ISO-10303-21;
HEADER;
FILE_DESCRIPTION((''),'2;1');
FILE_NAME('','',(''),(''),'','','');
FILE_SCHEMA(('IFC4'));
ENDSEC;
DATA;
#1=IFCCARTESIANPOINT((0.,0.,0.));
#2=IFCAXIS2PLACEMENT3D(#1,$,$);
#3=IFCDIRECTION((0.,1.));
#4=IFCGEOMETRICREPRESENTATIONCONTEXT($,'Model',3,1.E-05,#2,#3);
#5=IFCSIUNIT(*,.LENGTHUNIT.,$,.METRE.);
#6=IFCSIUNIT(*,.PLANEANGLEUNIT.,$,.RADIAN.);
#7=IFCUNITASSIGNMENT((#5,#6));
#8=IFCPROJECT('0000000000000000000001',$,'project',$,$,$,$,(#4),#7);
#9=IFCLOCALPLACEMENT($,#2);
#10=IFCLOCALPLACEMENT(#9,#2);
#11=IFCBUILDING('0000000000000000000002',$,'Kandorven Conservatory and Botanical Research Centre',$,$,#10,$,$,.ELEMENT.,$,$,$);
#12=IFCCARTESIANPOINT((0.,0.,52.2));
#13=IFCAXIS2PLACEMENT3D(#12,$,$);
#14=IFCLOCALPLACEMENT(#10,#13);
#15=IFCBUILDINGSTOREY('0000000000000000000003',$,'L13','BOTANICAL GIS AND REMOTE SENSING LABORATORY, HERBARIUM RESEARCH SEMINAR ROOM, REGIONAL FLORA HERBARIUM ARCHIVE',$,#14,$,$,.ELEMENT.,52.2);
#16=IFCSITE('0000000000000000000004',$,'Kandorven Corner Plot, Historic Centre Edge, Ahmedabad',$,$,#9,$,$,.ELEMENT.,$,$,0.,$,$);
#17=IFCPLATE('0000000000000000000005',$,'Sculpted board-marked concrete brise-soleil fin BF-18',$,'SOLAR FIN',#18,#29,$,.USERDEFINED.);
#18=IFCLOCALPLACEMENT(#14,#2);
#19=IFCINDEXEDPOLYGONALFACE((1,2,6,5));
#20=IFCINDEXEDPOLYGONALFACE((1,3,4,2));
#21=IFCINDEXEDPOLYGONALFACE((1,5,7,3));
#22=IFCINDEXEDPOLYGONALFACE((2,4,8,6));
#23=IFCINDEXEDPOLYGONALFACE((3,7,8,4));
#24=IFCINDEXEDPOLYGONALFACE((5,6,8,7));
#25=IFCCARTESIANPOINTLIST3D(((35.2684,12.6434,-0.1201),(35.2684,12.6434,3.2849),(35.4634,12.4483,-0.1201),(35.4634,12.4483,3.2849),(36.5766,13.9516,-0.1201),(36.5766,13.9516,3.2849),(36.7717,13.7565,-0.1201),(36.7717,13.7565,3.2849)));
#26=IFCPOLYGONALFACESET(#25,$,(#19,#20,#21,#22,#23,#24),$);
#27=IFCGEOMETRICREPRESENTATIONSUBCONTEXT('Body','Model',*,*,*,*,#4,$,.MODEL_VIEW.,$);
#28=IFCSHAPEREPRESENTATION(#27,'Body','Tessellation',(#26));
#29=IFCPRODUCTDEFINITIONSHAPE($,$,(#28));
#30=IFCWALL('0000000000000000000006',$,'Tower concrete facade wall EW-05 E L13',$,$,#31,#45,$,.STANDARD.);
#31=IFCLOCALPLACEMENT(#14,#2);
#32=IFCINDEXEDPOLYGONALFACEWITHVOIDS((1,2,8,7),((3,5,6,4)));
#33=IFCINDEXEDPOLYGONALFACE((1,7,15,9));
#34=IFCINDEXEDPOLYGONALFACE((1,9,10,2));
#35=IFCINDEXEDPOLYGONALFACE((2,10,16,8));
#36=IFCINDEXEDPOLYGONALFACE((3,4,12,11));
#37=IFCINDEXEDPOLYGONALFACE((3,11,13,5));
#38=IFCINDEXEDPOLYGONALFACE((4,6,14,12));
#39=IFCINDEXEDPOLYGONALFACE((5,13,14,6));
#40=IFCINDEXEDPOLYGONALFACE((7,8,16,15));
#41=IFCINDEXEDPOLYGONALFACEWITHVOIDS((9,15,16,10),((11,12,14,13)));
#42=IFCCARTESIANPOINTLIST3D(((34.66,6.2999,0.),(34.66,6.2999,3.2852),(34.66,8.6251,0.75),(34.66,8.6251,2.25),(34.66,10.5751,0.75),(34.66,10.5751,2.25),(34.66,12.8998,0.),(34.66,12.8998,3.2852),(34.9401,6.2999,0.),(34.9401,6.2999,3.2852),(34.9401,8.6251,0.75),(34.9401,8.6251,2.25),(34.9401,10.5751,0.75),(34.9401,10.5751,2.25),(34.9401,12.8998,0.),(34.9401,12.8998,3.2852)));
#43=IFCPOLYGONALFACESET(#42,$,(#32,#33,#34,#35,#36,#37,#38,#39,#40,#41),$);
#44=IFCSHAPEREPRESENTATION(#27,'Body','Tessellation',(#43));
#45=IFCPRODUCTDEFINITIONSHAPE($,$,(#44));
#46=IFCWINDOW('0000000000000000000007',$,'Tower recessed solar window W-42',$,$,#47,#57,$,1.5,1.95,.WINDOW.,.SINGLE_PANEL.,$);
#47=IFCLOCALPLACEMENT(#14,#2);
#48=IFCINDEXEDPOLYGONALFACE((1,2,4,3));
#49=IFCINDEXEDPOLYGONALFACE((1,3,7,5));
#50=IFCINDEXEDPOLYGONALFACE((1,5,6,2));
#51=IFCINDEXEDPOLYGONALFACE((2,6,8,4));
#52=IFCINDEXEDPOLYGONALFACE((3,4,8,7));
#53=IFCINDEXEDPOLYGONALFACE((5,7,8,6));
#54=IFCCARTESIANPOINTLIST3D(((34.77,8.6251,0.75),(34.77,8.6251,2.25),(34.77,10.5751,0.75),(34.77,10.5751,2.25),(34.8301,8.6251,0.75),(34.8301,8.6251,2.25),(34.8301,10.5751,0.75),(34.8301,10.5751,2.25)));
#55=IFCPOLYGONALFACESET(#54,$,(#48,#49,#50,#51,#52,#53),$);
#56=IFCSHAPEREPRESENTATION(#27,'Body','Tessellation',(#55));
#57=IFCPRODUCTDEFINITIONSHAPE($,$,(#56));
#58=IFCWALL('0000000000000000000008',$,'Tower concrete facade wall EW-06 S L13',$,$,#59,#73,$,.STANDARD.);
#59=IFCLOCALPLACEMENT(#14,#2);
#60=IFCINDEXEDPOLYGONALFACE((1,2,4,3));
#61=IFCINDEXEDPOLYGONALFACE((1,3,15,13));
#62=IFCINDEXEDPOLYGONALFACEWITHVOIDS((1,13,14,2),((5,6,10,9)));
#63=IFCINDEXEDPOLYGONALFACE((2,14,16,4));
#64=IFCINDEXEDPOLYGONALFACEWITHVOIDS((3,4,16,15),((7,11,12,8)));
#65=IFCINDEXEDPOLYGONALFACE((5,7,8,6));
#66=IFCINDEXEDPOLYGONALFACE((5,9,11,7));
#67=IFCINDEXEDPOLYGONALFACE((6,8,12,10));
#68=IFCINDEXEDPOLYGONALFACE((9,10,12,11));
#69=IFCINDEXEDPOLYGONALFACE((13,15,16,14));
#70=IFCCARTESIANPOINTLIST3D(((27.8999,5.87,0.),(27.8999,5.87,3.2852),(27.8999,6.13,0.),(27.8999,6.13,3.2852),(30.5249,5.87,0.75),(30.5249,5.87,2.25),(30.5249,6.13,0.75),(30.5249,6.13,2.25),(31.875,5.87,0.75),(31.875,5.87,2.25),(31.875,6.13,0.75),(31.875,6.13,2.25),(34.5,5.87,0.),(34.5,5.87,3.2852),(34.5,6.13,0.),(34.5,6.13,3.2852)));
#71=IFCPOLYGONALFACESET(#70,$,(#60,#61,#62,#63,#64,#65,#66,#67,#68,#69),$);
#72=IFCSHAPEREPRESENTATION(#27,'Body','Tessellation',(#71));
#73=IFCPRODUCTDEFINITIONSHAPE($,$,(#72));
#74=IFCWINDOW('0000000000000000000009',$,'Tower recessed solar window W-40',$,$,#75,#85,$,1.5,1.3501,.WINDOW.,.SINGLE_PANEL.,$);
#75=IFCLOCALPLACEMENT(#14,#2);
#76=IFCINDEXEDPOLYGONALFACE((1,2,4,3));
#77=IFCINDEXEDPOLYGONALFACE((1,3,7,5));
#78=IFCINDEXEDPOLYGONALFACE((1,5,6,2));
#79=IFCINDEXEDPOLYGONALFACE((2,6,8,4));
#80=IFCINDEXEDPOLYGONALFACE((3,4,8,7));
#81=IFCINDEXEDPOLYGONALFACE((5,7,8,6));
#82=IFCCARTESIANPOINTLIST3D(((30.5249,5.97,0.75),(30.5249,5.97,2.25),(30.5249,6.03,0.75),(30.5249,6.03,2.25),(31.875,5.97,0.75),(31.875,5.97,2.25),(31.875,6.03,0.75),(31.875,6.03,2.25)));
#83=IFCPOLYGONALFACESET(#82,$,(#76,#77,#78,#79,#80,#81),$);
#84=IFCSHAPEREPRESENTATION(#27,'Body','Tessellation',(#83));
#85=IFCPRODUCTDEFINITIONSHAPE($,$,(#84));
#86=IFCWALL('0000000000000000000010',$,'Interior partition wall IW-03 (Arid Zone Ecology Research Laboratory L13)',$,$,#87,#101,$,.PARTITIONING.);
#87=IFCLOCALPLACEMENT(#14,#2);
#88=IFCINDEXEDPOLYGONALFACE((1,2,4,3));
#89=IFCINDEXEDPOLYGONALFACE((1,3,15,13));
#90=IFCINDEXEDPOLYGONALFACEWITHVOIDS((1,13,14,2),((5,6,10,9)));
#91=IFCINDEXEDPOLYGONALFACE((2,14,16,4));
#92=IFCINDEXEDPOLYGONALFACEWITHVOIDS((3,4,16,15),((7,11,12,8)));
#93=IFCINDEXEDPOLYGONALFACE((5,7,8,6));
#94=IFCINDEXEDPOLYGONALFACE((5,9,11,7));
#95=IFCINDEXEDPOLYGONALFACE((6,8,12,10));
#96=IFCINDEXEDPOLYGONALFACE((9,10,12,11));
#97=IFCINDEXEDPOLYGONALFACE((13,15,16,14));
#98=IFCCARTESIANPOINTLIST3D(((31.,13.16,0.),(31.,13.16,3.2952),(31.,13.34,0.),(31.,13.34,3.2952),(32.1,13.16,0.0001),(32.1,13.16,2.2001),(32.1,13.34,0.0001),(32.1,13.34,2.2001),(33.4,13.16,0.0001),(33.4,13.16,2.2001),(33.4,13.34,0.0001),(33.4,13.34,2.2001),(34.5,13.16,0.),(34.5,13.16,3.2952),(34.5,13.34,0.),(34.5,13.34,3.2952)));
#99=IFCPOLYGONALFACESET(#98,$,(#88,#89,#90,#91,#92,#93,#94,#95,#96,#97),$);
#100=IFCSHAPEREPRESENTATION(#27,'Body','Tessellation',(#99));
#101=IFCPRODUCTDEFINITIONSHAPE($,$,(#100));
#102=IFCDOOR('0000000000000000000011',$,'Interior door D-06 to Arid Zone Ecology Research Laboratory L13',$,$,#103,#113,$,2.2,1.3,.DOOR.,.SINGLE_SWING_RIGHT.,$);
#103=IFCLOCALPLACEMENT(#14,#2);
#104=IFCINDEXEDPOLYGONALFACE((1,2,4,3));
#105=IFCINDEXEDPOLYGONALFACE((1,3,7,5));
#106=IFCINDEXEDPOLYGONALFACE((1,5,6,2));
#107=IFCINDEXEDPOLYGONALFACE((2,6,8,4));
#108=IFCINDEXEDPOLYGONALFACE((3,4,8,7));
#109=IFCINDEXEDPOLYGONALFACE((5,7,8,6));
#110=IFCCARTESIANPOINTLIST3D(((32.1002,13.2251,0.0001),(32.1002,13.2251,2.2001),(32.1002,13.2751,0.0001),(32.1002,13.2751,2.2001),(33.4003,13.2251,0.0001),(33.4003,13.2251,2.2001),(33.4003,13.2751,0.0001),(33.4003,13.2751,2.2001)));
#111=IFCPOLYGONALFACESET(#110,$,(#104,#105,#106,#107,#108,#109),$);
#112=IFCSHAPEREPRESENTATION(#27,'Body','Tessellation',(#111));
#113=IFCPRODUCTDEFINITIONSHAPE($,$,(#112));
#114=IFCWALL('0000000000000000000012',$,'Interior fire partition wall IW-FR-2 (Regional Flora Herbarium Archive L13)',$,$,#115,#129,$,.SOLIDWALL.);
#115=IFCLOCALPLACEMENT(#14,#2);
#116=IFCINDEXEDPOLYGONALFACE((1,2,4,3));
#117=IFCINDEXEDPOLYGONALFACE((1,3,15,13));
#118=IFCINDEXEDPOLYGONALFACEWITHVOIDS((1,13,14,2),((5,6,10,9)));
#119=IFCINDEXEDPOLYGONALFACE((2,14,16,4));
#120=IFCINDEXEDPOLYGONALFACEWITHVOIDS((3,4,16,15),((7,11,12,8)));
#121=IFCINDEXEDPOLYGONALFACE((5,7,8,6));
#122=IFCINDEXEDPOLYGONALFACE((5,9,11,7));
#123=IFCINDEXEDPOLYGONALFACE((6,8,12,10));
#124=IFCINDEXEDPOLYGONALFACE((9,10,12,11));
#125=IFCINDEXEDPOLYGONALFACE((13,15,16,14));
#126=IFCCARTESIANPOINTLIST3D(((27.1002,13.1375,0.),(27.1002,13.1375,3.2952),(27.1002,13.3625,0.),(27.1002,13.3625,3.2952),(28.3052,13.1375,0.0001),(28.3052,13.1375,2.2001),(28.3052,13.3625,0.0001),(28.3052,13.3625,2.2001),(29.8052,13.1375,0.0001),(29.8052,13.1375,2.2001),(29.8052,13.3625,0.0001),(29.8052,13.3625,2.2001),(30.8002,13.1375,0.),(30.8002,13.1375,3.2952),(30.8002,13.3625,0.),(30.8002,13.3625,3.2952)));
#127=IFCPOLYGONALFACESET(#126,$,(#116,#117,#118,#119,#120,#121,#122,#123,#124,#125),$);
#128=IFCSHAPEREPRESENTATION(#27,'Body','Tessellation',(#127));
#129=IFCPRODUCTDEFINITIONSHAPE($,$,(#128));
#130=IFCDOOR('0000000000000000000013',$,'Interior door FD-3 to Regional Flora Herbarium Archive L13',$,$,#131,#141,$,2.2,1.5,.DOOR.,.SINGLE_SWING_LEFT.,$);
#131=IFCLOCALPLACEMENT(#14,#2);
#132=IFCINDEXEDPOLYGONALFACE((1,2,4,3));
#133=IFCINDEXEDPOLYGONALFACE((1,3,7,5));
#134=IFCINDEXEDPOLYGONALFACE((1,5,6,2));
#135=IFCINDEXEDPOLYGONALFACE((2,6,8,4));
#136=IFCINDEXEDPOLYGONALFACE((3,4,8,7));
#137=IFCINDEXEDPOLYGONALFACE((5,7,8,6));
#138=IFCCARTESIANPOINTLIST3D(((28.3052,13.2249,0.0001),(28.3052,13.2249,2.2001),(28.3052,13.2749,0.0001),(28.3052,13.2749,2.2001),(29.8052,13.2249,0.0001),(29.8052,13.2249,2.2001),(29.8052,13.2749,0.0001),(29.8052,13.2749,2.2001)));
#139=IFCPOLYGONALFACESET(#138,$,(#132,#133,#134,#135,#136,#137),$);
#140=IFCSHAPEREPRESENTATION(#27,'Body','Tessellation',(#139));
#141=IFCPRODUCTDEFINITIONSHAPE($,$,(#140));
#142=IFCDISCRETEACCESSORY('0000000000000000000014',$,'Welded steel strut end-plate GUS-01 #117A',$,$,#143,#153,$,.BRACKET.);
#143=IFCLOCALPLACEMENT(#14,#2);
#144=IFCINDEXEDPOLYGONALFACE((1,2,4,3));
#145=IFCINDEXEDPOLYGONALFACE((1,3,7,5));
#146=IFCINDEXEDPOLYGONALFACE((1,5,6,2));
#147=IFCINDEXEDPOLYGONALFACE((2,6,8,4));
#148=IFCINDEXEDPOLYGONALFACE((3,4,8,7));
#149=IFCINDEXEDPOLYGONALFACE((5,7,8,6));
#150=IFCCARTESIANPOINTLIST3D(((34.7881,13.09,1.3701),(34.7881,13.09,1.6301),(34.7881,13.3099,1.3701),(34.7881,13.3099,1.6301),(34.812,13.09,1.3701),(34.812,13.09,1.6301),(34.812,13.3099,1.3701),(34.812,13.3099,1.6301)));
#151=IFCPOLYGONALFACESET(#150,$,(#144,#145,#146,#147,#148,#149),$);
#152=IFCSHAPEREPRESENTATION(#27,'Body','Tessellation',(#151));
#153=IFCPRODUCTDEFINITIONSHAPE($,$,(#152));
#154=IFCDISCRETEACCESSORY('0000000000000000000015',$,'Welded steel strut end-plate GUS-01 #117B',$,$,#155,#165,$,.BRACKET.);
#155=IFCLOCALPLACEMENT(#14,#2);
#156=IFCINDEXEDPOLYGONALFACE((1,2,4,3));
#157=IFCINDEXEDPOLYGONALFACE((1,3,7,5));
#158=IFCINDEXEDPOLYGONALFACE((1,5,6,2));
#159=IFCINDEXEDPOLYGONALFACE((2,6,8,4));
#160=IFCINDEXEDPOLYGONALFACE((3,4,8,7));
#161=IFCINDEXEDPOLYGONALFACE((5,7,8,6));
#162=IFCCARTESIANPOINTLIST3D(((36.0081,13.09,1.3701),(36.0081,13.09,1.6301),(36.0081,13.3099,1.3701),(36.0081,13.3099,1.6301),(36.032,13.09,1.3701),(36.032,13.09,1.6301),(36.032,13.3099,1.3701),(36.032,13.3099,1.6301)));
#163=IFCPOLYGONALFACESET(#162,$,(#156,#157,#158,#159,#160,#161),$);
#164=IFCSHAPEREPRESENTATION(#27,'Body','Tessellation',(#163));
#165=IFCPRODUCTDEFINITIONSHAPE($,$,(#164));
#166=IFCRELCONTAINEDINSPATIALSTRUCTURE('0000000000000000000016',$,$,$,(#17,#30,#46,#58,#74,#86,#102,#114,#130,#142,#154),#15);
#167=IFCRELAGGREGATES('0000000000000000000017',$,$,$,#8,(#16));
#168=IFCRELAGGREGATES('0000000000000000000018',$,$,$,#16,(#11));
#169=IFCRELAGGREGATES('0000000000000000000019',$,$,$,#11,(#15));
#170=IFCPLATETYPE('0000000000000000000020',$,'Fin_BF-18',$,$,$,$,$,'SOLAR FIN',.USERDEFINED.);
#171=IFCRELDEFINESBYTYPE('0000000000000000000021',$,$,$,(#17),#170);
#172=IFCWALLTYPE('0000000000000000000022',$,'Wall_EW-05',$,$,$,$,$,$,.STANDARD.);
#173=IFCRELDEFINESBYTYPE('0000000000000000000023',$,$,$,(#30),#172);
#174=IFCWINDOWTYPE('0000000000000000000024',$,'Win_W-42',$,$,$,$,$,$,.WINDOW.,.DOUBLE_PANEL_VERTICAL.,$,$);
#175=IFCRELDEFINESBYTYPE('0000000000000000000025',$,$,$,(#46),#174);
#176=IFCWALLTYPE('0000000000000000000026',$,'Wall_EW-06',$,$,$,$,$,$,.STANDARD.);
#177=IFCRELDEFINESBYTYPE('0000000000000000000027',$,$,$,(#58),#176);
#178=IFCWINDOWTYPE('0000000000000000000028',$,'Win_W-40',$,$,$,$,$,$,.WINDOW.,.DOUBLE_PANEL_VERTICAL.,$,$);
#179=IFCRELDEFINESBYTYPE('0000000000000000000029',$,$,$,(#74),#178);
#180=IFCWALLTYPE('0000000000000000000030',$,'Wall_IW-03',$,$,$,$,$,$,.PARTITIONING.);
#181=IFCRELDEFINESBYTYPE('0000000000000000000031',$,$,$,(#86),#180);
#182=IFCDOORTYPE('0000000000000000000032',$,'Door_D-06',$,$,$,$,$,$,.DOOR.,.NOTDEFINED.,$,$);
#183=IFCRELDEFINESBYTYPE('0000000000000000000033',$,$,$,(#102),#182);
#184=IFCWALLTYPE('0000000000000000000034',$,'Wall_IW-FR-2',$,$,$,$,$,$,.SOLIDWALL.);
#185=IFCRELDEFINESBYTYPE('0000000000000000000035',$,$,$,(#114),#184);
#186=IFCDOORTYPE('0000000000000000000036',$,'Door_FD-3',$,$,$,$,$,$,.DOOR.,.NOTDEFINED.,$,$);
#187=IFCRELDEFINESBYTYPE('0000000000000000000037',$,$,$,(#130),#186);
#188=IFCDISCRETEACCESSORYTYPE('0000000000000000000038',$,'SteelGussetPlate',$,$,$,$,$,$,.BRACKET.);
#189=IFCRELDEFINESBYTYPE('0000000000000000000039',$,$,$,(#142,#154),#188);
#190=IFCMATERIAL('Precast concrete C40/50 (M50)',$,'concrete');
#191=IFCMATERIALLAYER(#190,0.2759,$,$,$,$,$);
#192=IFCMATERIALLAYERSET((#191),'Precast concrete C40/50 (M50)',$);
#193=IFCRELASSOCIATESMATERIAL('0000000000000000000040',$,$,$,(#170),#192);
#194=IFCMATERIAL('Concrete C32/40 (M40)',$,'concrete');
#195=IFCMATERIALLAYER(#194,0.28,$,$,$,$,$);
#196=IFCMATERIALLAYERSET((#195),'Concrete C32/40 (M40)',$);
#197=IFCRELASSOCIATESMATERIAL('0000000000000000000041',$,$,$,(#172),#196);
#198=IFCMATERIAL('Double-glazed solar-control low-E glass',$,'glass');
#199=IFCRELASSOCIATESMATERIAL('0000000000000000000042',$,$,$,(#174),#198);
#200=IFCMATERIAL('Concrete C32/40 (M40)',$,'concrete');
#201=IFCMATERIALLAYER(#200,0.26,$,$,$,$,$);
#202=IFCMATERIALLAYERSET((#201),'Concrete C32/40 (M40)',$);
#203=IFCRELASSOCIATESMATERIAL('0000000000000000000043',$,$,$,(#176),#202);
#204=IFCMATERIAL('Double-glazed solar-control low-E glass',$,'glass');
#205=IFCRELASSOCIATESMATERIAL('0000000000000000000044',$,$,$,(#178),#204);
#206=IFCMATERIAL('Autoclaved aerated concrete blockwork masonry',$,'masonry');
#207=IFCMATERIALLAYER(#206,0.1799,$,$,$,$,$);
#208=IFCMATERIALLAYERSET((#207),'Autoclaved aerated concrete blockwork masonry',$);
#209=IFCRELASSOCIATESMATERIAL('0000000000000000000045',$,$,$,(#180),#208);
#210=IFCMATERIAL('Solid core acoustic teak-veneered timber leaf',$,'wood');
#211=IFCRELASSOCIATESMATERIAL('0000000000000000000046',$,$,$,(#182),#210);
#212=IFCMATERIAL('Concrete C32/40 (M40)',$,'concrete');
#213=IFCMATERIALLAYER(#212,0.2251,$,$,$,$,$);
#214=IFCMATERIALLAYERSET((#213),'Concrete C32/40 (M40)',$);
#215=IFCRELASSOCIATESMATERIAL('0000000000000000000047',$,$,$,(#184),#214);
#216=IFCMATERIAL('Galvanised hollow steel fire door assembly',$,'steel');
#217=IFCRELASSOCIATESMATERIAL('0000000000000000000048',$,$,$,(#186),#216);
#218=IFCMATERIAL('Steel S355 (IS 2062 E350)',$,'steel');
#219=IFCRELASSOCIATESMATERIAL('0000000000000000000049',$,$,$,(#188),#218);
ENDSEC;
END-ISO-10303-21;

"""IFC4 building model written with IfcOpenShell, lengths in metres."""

from ifc_helpers import new_model, si_unit, direction, frame, frame_2d, origin, origin_2d, place, context, subcontext, project, spatial, rectangle, extrude, material, layer, layer_set, type_object, element, fill, save


model = new_model("IFC4")

# Units and contexts
model_context = context("Model", 3, precision=1e-05, world=origin(), true_north=direction((0.0, 1.0)))
body_context = subcontext(model_context, "Body", "Model", "MODEL_VIEW")
ifc_project = project(units=[si_unit("LENGTHUNIT", "METRE"), si_unit("PLANEANGLEUNIT", "RADIAN")], contexts=[model_context])

# Site, building, storey
site_placement = place(None, origin())
site = spatial("IfcSite", under=ifc_project, at=site_placement, Name="Kandorven Corner Plot, Historic Centre Edge, Ahmedabad", CompositionType="ELEMENT", RefElevation=0.0)
building_placement = place(site_placement, origin())
building = spatial("IfcBuilding", under=site, at=building_placement, Name="Kandorven Conservatory and Botanical Research Centre", CompositionType="ELEMENT")
storey_placement = place(building_placement, frame((0.0, 0.0, 52.2)))
storey = spatial("IfcBuildingStorey", under=building, at=storey_placement, Name="L13", Description="BOTANICAL GIS AND REMOTE SENSING LABORATORY, HERBARIUM RESEARCH SEMINAR ROOM, REGIONAL FLORA HERBARIUM ARCHIVE", CompositionType="ELEMENT", Elevation=52.2)

# Plate
ifc_material_1 = material(Name="Precast concrete C40/50 (M50)", Category="concrete")
ifc_layer_1 = layer(ifc_material_1, 0.2759)
ifc_layer_set_1 = layer_set([ifc_layer_1], Name="Precast concrete C40/50 (M50)")
plate_type_1 = type_object("IfcPlateType", Name="Fin_BF-18", ElementType="SOLAR FIN", PredefinedType="USERDEFINED", material=ifc_layer_set_1)
plate_1_placement = place(storey_placement, frame((36.02, 13.2, -0.1201), z_axis=(0.0, 0.0, 1.0), x_axis=(0.707107, 0.707107, 0.0)))
element("IfcPlate", 1, at=plate_1_placement, inside=storey, type_object=plate_type_1, Name="Sculpted board-marked concrete brise-soleil fin BF-18", ObjectType="SOLAR FIN", PredefinedType="USERDEFINED", context=body_context, shape_type="SweptSolid", body=[
    extrude(rectangle(XDim=1.8501, YDim=0.2759, at=origin_2d()), origin(), (0.0, 0.0, 1.0), 3.405),
])

# Walls, openings, windows
ifc_material_2 = material(Name="Concrete C32/40 (M40)", Category="concrete")
ifc_layer_2 = layer(ifc_material_2, 0.28)
ifc_layer_set_2 = layer_set([ifc_layer_2], Name="Concrete C32/40 (M40)")
wall_type_1 = type_object("IfcWallType", Name="Wall_EW-05", PredefinedType="STANDARD", material=ifc_layer_set_2)
wall_1_placement = place(storey_placement, frame((34.8, 6.3, 0.0), z_axis=(0.0, 0.0, 1.0), x_axis=(0.0, 1.0, 0.0)))
wall_1 = element("IfcWall", 2, at=wall_1_placement, inside=storey, type_object=wall_type_1, Name="Tower concrete facade wall EW-05 E L13", PredefinedType="STANDARD", context=body_context, shape_type="SweptSolid", body=[
    extrude(rectangle(XDim=6.5999, YDim=0.28, at=frame_2d((3.2998, 0.0))), origin(), (0.0, 0.0, 1.0), 3.2852),
])
opening_1_placement = place(wall_1_placement, frame((2.325, 0.0, 0.75)))
opening_1 = element("IfcOpeningElement", 3, at=opening_1_placement, cuts=wall_1, PredefinedType="OPENING", context=body_context, shape_type="SweptSolid", body=[
    extrude(rectangle(XDim=1.95, YDim=1.5, at=frame_2d((0.9751, 0.75))), frame((0.0, 0.1499, 0.0), z_axis=(0.0, -1.0, 0.0), x_axis=(1.0, 0.0, 0.0)), (0.0, 0.0, 1.0), 0.3),
])
ifc_material_3 = material(Name="Double-glazed solar-control low-E glass", Category="glass")
window_type_1 = type_object("IfcWindowType", Name="Win_W-42", PartitioningType="DOUBLE_PANEL_VERTICAL", PredefinedType="WINDOW", material=ifc_material_3)
window_1_placement = place(opening_1_placement, origin())
window_1 = element("IfcWindow", 4, at=window_1_placement, inside=storey, type_object=window_type_1, Name="Tower recessed solar window W-42", OverallHeight=1.5, OverallWidth=1.95, PartitioningType="SINGLE_PANEL", PredefinedType="WINDOW", context=body_context, shape_type="SweptSolid", body=[
    extrude(rectangle(XDim=1.95, YDim=1.5, at=frame_2d((0.9751, 0.75))), frame((0.0, 0.03, 0.0), z_axis=(0.0, -1.0, 0.0), x_axis=(1.0, 0.0, 0.0)), (0.0, 0.0, 1.0), 0.0601),
])
fill(opening_1, window_1)
ifc_material_4 = material(Name="Concrete C32/40 (M40)", Category="concrete")
ifc_layer_3 = layer(ifc_material_4, 0.26)
ifc_layer_set_3 = layer_set([ifc_layer_3], Name="Concrete C32/40 (M40)")
wall_type_2 = type_object("IfcWallType", Name="Wall_EW-06", PredefinedType="STANDARD", material=ifc_layer_set_3)
wall_2_placement = place(storey_placement, frame((27.8999, 6.0, 0.0), z_axis=(0.0, 0.0, 1.0), x_axis=(1.0, 0.0, 0.0)))
wall_2 = element("IfcWall", 5, at=wall_2_placement, inside=storey, type_object=wall_type_2, Name="Tower concrete facade wall EW-06 S L13", PredefinedType="STANDARD", context=body_context, shape_type="SweptSolid", body=[
    extrude(rectangle(XDim=6.6001, YDim=0.26, at=frame_2d((3.3, 0.0))), origin(), (0.0, 0.0, 1.0), 3.2852),
])
opening_2_placement = place(wall_2_placement, frame((2.625, 0.0, 0.75)))
opening_2 = element("IfcOpeningElement", 6, at=opening_2_placement, cuts=wall_2, PredefinedType="OPENING", context=body_context, shape_type="SweptSolid", body=[
    extrude(rectangle(XDim=1.3501, YDim=1.5, at=frame_2d((0.675, 0.75))), frame((0.0, 0.1399, 0.0), z_axis=(0.0, -1.0, 0.0), x_axis=(1.0, 0.0, 0.0)), (0.0, 0.0, 1.0), 0.28),
])
ifc_material_5 = material(Name="Double-glazed solar-control low-E glass", Category="glass")
window_type_2 = type_object("IfcWindowType", Name="Win_W-40", PartitioningType="DOUBLE_PANEL_VERTICAL", PredefinedType="WINDOW", material=ifc_material_5)
window_2_placement = place(opening_2_placement, origin())
window_2 = element("IfcWindow", 7, at=window_2_placement, inside=storey, type_object=window_type_2, Name="Tower recessed solar window W-40", OverallHeight=1.5, OverallWidth=1.3501, PartitioningType="SINGLE_PANEL", PredefinedType="WINDOW", context=body_context, shape_type="SweptSolid", body=[
    extrude(rectangle(XDim=1.3501, YDim=1.5, at=frame_2d((0.675, 0.75))), frame((0.0, 0.03, 0.0), z_axis=(0.0, -1.0, 0.0), x_axis=(1.0, 0.0, 0.0)), (0.0, 0.0, 1.0), 0.0601),
])
fill(opening_2, window_2)

# Walls, openings, doors
ifc_material_6 = material(Name="Autoclaved aerated concrete blockwork masonry", Category="masonry")
ifc_layer_4 = layer(ifc_material_6, 0.1799)
ifc_layer_set_4 = layer_set([ifc_layer_4], Name="Autoclaved aerated concrete blockwork masonry")
wall_type_3 = type_object("IfcWallType", Name="Wall_IW-03", PredefinedType="PARTITIONING", material=ifc_layer_set_4)
wall_3_placement = place(storey_placement, frame((31.0, 13.25, 0.0), z_axis=(0.0, 0.0, 1.0), x_axis=(1.0, 0.0, 0.0)))
wall_3 = element("IfcWall", 8, at=wall_3_placement, inside=storey, type_object=wall_type_3, Name="Interior partition wall IW-03 (Arid Zone Ecology Research Laboratory L13)", PredefinedType="PARTITIONING", context=body_context, shape_type="SweptSolid", body=[
    extrude(rectangle(XDim=3.5, YDim=0.1799, at=frame_2d((1.75, 0.0))), origin(), (0.0, 0.0, 1.0), 3.2952),
])
opening_3_placement = place(wall_3_placement, frame((1.1001, 0.0, 0.0)))
opening_3 = element("IfcOpeningElement", 9, at=opening_3_placement, cuts=wall_3, PredefinedType="OPENING", context=body_context, shape_type="SweptSolid", body=[
    extrude(rectangle(XDim=1.3, YDim=2.2, at=frame_2d((0.6499, 1.1001))), frame((0.0, 0.0999, 0.0), z_axis=(0.0, -1.0, 0.0), x_axis=(1.0, 0.0, 0.0)), (0.0, 0.0, 1.0), 0.2),
])
ifc_material_7 = material(Name="Solid core acoustic teak-veneered timber leaf", Category="wood")
door_type_1 = type_object("IfcDoorType", Name="Door_D-06", OperationType="NOTDEFINED", PredefinedType="DOOR", material=ifc_material_7)
door_1_placement = place(opening_3_placement, frame((1.3, 0.0, 0.0), z_axis=(0.0, 0.0, 1.0), x_axis=(-1.0, 0.0, 0.0)))
door_1 = element("IfcDoor", 10, at=door_1_placement, inside=storey, type_object=door_type_1, Name="Interior door D-06 to Arid Zone Ecology Research Laboratory L13", OperationType="SINGLE_SWING_RIGHT", OverallHeight=2.2, OverallWidth=1.3, PredefinedType="DOOR", context=body_context, shape_type="SweptSolid", body=[
    extrude(rectangle(XDim=1.3, YDim=2.2, at=frame_2d((0.6499, 1.1001))), frame((0.0, 0.0249, 0.0), z_axis=(0.0, -1.0, 0.0), x_axis=(1.0, 0.0, 0.0)), (0.0, 0.0, 1.0), 0.05),
])
fill(opening_3, door_1)
ifc_material_8 = material(Name="Concrete C32/40 (M40)", Category="concrete")
ifc_layer_5 = layer(ifc_material_8, 0.2251)
ifc_layer_set_5 = layer_set([ifc_layer_5], Name="Concrete C32/40 (M40)")
wall_type_4 = type_object("IfcWallType", Name="Wall_IW-FR-2", PredefinedType="SOLIDWALL", material=ifc_layer_set_5)
wall_4_placement = place(storey_placement, frame((27.1001, 13.25, 0.0), z_axis=(0.0, 0.0, 1.0), x_axis=(1.0, 0.0, 0.0)))
wall_4 = element("IfcWall", 11, at=wall_4_placement, inside=storey, type_object=wall_type_4, Name="Interior fire partition wall IW-FR-2 (Regional Flora Herbarium Archive L13)", PredefinedType="SOLIDWALL", context=body_context, shape_type="SweptSolid", body=[
    extrude(rectangle(XDim=3.7, YDim=0.2251, at=frame_2d((1.8501, 0.0))), origin(), (0.0, 0.0, 1.0), 3.2952),
])
opening_4_placement = place(wall_4_placement, frame((1.2051, 0.0, 0.0)))
opening_4 = element("IfcOpeningElement", 12, at=opening_4_placement, cuts=wall_4, PredefinedType="OPENING", context=body_context, shape_type="SweptSolid", body=[
    extrude(rectangle(XDim=1.5, YDim=2.2, at=frame_2d((0.75, 1.1001))), frame((0.0, 0.1226, 0.0), z_axis=(0.0, -1.0, 0.0), x_axis=(1.0, 0.0, 0.0)), (0.0, 0.0, 1.0), 0.2451),
])
ifc_material_9 = material(Name="Galvanised hollow steel fire door assembly", Category="steel")
door_type_2 = type_object("IfcDoorType", Name="Door_FD-3", OperationType="NOTDEFINED", PredefinedType="DOOR", material=ifc_material_9)
door_2_placement = place(opening_4_placement, origin())
door_2 = element("IfcDoor", 13, at=door_2_placement, inside=storey, type_object=door_type_2, Name="Interior door FD-3 to Regional Flora Herbarium Archive L13", OperationType="SINGLE_SWING_LEFT", OverallHeight=2.2, OverallWidth=1.5, PredefinedType="DOOR", context=body_context, shape_type="SweptSolid", body=[
    extrude(rectangle(XDim=1.5, YDim=2.2, at=frame_2d((0.75, 1.1001))), frame((0.0, 0.0249, 0.0), z_axis=(0.0, -1.0, 0.0), x_axis=(1.0, 0.0, 0.0)), (0.0, 0.0, 1.0), 0.05),
])
fill(opening_4, door_2)

# Discrete accessories
ifc_material_10 = material(Name="Steel S355 (IS 2062 E350)", Category="steel")
discrete_accessory_type = type_object("IfcDiscreteAccessoryType", Name="SteelGussetPlate", PredefinedType="BRACKET", material=ifc_material_10)
for number, where, z_axis, x_axis, name in (
    (14, (34.8, 13.2, 1.3701), (0.0, 0.0, 1.0), (1.0, 0.0, 0.0), "Welded steel strut end-plate GUS-01 #117A"),
    (15, (36.02, 13.2, 1.3701), (0.0, 0.0, 1.0), (1.0, 0.0, 0.0), "Welded steel strut end-plate GUS-01 #117B"),
):
    element("IfcDiscreteAccessory", number, at=place(storey_placement, frame(where, z_axis=z_axis, x_axis=x_axis)), inside=storey, type_object=discrete_accessory_type, Name=name, PredefinedType="BRACKET", context=body_context, shape_type="SweptSolid", body=[
        extrude(rectangle(XDim=0.0239, YDim=0.22, at=origin_2d()), origin(), (0.0, 0.0, 1.0), 0.26),
    ])

save(model, "model.ifc")
